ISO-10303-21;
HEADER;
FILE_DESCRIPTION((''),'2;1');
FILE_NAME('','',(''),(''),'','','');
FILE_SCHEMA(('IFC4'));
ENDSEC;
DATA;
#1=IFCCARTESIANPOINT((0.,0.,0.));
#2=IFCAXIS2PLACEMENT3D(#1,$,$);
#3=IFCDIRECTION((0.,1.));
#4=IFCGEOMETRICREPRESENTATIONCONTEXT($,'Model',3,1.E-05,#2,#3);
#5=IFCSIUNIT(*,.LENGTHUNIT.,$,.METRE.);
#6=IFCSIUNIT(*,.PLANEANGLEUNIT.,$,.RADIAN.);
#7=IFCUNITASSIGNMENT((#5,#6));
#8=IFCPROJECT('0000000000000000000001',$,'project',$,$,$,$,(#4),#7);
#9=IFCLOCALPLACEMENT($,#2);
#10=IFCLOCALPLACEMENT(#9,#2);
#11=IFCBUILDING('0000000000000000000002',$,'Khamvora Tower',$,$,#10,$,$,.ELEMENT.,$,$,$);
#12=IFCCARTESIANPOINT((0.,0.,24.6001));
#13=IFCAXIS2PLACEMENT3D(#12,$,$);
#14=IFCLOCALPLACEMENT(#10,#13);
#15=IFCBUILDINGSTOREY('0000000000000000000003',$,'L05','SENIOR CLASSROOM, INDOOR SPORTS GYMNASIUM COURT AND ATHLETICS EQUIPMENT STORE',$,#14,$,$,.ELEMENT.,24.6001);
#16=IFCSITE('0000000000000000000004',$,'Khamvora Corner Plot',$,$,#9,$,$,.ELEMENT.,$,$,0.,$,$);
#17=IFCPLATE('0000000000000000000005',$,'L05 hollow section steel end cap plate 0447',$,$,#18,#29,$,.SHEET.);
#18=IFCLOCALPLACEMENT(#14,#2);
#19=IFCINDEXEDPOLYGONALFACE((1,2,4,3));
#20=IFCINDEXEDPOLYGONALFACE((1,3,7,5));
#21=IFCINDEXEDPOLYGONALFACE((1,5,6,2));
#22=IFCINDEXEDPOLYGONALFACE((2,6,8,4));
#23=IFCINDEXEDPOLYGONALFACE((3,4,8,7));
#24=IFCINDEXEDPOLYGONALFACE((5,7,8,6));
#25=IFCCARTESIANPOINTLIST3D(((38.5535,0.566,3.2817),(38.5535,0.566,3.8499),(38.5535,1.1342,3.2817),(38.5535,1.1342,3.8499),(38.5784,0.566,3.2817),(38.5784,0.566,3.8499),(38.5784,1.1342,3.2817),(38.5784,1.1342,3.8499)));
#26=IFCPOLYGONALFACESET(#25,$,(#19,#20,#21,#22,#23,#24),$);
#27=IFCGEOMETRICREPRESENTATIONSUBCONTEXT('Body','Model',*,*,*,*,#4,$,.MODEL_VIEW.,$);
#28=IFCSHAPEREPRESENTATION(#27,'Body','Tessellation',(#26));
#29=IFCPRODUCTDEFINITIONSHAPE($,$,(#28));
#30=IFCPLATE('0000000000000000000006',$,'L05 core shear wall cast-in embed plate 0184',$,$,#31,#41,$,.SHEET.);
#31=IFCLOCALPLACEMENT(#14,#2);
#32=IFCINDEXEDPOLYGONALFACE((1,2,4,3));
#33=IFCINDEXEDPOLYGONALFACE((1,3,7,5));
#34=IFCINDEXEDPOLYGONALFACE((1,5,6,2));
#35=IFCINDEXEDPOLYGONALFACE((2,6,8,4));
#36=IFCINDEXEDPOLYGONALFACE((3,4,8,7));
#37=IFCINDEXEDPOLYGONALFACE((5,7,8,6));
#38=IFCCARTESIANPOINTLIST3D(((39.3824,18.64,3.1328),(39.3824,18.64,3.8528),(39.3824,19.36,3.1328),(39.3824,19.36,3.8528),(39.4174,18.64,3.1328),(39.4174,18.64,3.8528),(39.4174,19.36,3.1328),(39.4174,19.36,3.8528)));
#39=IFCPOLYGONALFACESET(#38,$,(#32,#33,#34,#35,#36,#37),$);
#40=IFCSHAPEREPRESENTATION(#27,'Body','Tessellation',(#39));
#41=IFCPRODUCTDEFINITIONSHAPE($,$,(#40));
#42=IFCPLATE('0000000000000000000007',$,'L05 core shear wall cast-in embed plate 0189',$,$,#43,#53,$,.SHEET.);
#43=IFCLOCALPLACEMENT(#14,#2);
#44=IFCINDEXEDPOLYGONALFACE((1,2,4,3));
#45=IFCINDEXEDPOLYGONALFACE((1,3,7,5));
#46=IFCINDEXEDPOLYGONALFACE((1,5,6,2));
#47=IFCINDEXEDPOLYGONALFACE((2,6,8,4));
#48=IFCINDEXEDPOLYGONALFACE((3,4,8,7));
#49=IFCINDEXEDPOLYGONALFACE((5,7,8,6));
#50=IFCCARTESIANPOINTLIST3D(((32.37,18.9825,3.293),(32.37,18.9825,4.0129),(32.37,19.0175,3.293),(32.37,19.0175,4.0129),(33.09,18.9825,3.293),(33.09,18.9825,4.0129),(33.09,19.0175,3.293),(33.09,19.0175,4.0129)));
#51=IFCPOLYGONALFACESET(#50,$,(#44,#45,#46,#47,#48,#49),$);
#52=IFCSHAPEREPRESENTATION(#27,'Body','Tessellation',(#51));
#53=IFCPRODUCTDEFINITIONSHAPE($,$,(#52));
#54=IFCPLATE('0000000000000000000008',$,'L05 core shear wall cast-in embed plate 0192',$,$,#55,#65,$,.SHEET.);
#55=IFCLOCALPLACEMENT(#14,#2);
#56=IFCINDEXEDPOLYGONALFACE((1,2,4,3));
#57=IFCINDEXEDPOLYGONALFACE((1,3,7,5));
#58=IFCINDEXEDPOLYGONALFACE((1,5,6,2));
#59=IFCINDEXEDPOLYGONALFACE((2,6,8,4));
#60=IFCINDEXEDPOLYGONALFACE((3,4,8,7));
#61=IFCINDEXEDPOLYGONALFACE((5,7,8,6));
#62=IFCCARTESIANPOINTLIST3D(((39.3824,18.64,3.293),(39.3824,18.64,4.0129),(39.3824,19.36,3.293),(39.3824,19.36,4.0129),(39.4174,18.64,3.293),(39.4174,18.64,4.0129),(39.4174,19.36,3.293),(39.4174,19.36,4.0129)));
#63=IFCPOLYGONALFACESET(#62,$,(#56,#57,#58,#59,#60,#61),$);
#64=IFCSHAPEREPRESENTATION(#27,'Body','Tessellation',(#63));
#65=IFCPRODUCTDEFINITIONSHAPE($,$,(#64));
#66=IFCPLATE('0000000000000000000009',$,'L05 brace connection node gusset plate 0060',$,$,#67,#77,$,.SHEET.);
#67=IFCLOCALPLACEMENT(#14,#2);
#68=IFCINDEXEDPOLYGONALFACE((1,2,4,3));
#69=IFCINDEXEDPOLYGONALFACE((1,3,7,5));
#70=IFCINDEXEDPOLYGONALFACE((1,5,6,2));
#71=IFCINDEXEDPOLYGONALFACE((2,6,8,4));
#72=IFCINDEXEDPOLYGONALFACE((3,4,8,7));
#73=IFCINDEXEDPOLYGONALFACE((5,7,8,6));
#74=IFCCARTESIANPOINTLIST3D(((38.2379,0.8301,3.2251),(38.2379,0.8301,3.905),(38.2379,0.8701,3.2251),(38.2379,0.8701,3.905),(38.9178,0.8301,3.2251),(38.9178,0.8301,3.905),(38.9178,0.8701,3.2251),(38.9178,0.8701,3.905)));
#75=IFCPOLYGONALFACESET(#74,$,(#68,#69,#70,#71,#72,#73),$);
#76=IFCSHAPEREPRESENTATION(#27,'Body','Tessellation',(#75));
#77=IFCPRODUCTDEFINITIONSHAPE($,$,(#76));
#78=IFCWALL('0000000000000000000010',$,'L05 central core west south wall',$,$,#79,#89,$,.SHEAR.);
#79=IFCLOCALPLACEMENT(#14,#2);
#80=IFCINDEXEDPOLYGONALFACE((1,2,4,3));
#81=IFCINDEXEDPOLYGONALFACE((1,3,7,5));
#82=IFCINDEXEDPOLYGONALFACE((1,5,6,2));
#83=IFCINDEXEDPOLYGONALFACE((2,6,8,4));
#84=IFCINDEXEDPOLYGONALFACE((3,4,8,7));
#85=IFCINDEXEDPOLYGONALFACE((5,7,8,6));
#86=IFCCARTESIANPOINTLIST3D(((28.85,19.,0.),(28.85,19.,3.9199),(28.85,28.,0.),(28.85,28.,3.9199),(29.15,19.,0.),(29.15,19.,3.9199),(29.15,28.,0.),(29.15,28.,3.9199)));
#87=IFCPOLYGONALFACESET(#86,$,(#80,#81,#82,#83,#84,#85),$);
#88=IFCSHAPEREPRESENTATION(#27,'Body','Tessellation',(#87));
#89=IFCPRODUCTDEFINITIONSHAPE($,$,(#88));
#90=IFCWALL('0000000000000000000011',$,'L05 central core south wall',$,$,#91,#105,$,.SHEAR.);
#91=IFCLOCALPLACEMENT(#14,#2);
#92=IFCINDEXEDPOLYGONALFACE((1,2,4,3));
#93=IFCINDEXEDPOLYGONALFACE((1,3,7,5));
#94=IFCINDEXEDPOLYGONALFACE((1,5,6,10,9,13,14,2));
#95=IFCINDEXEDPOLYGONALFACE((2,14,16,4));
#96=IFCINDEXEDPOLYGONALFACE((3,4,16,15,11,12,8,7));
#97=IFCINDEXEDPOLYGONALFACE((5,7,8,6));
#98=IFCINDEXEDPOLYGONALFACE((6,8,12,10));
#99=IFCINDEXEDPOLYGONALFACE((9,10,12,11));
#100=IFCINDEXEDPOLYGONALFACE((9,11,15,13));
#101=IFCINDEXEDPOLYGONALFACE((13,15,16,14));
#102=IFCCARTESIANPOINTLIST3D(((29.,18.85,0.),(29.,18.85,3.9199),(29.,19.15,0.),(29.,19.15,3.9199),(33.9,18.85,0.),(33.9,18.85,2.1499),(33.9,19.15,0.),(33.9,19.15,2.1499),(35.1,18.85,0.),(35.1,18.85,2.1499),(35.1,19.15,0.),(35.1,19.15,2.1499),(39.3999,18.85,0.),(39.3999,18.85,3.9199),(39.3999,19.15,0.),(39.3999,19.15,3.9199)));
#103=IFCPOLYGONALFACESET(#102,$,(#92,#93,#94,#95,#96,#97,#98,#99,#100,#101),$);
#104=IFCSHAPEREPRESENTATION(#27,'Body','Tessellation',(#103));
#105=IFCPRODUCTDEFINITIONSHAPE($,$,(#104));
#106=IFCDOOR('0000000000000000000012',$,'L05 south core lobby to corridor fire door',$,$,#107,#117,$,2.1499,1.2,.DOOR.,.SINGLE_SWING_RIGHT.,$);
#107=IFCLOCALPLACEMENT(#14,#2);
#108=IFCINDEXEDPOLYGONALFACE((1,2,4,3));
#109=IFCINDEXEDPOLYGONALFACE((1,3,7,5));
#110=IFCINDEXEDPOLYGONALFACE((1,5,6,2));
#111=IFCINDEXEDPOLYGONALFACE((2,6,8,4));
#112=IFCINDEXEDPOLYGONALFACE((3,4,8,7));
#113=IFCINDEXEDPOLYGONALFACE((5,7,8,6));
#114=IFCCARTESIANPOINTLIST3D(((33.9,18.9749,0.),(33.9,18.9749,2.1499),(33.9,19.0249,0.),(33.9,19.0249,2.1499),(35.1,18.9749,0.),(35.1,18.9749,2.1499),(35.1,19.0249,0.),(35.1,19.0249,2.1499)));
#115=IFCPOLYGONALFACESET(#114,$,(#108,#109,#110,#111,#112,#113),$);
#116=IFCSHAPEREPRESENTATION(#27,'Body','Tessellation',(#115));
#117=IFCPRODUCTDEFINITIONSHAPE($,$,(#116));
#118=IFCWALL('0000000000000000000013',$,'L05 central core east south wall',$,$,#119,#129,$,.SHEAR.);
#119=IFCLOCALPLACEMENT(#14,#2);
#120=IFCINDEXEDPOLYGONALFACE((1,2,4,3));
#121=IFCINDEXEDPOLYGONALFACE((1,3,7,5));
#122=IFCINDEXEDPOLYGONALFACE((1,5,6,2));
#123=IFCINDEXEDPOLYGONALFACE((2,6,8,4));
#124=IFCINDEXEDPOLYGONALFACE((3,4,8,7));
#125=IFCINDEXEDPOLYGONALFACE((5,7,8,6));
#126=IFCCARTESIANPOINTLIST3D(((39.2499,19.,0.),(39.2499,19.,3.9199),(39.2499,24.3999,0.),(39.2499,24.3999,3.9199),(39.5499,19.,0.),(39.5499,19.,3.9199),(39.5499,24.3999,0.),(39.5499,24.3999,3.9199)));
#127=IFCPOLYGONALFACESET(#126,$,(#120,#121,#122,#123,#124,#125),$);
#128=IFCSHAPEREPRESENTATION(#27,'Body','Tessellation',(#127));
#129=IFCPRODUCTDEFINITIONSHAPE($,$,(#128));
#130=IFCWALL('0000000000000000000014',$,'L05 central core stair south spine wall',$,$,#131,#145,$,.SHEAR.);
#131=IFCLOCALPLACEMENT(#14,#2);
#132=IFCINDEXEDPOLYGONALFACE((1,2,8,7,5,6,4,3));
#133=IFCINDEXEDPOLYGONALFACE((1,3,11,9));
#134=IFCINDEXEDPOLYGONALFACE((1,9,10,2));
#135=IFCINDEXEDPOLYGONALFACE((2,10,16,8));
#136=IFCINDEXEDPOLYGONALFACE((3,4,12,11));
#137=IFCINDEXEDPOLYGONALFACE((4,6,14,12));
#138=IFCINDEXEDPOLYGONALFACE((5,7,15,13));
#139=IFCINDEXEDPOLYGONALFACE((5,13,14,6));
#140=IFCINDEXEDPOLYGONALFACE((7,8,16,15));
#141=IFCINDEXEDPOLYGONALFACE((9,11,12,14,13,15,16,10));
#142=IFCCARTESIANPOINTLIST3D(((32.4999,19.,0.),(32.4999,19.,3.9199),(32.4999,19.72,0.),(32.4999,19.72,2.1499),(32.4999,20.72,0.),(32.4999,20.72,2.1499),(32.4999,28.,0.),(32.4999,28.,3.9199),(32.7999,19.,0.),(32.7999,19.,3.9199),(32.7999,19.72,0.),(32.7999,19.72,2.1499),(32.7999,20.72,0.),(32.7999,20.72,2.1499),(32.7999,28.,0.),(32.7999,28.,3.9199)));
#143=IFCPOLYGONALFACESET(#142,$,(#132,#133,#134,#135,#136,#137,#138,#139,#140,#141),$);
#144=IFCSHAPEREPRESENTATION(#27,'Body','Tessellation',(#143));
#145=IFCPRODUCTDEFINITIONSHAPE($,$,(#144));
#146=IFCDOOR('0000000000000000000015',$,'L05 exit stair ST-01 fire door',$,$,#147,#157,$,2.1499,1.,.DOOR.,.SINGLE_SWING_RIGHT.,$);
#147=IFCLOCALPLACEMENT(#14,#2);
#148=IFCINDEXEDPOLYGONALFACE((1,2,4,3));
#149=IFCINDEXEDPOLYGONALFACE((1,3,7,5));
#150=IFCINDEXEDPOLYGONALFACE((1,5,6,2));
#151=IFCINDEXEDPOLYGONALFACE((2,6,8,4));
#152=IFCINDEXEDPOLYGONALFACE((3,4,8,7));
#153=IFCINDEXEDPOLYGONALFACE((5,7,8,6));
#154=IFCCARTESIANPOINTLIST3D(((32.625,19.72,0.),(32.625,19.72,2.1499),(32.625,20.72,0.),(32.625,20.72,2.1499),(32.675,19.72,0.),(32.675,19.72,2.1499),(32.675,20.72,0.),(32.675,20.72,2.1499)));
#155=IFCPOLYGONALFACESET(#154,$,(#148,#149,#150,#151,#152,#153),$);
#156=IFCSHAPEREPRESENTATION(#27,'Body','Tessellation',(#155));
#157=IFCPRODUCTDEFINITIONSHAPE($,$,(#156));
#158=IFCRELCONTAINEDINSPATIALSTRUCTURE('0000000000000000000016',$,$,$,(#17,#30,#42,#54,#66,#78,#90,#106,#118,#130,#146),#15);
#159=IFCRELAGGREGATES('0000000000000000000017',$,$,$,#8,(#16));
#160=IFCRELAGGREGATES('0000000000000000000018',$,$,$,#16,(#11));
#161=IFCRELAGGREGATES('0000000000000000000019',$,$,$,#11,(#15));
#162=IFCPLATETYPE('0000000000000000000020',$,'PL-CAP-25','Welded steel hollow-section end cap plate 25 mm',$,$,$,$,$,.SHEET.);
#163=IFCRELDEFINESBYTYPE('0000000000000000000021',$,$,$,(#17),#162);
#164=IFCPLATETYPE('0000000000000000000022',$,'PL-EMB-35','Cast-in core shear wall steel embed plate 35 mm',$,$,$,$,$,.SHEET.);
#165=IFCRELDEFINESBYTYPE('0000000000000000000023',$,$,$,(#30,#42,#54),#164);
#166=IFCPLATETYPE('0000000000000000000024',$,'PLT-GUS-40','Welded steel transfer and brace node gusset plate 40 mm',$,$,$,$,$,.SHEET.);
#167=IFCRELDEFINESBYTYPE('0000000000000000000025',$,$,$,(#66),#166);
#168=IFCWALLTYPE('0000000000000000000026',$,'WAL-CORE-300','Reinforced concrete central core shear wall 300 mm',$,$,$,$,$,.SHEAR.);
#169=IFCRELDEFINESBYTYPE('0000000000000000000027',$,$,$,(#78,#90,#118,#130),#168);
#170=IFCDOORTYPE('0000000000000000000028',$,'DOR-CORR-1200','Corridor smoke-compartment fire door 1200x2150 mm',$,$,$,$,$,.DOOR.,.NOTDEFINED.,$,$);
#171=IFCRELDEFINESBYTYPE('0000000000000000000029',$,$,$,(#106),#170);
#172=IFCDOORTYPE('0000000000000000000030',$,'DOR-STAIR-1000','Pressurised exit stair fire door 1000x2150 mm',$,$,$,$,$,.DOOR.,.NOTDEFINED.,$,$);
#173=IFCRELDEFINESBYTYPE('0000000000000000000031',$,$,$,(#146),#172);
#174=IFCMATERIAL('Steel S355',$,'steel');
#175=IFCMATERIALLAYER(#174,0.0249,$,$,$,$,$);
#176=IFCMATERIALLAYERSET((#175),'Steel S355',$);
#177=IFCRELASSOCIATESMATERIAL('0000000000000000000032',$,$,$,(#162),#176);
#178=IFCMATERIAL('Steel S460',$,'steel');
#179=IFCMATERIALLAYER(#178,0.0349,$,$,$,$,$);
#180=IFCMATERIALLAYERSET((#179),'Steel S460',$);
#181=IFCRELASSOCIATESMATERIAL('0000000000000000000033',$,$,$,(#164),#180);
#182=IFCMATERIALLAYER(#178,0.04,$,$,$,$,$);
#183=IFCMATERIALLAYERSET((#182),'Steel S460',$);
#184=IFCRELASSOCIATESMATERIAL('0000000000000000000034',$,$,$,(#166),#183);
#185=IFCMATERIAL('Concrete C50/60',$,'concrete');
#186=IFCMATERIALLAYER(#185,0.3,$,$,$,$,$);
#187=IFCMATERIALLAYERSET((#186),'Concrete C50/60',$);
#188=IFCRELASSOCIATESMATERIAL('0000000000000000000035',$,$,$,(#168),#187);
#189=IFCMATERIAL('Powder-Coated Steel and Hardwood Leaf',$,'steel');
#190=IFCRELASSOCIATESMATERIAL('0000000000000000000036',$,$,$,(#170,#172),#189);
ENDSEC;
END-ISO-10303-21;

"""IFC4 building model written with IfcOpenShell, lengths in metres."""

from ifc_helpers import new_model, si_unit, direction, frame, frame_2d, origin, origin_2d, place, context, subcontext, project, spatial, rectangle, extrude, material, layer, layer_set, type_object, element, fill, save


model = new_model("IFC4")

# Units and contexts
model_context = context("Model", 3, precision=1e-05, world=origin(), true_north=direction((0.0, 1.0)))
body_context = subcontext(model_context, "Body", "Model", "MODEL_VIEW")
ifc_project = project(units=[si_unit("LENGTHUNIT", "METRE"), si_unit("PLANEANGLEUNIT", "RADIAN")], contexts=[model_context])

# Site, building, storey
site_placement = place(None, origin())
site = spatial("IfcSite", under=ifc_project, at=site_placement, Name="Khamvora Corner Plot", CompositionType="ELEMENT", RefElevation=0.0)
building_placement = place(site_placement, origin())
building = spatial("IfcBuilding", under=site, at=building_placement, Name="Khamvora Tower", CompositionType="ELEMENT")
storey_placement = place(building_placement, frame((0.0, 0.0, 24.6001)))
storey = spatial("IfcBuildingStorey", under=building, at=storey_placement, Name="L05", Description="SENIOR CLASSROOM, INDOOR SPORTS GYMNASIUM COURT AND ATHLETICS EQUIPMENT STORE", CompositionType="ELEMENT", Elevation=24.6001)

# Shared definitions
ifc_material_1 = material(Name="Steel S460", Category="steel")

# Shared definitions
ifc_material_2 = material(Name="Steel S355", Category="steel")

# Plates
ifc_layer_1 = layer(ifc_material_2, 0.0249)
ifc_layer_set_1 = layer_set([ifc_layer_1], Name="Steel S355")
plate_type_1 = type_object("IfcPlateType", Name="PL-CAP-25", Description="Welded steel hollow-section end cap plate 25 mm", PredefinedType="SHEET", material=ifc_layer_set_1)
plate_1_placement = place(storey_placement, frame((38.5659, 0.8501, 3.2817), z_axis=(0.0, 0.0, 1.0), x_axis=(-1.0, 0.0, 0.0)))
element("IfcPlate", 1, at=plate_1_placement, inside=storey, type_object=plate_type_1, Name="L05 hollow section steel end cap plate 0447", PredefinedType="SHEET", context=body_context, shape_type="SweptSolid", body=[
    extrude(rectangle(XDim=0.0249, YDim=0.5681, at=origin_2d()), origin(), (0.0, 0.0, 1.0), 0.5681),
])
ifc_layer_2 = layer(ifc_material_1, 0.0349)
ifc_layer_set_2 = layer_set([ifc_layer_2], Name="Steel S460")
plate_type_2 = type_object("IfcPlateType", Name="PL-EMB-35", Description="Cast-in core shear wall steel embed plate 35 mm", PredefinedType="SHEET", material=ifc_layer_set_2)
plate_2_placement = place(storey_placement, frame((39.3999, 19.0, 3.1328), z_axis=(0.0, 0.0, 1.0), x_axis=(1.0, 0.0, 0.0)))
element("IfcPlate", 2, at=plate_2_placement, inside=storey, type_object=plate_type_2, Name="L05 core shear wall cast-in embed plate 0184", PredefinedType="SHEET", context=body_context, shape_type="SweptSolid", body=[
    extrude(rectangle(XDim=0.0349, YDim=0.72, at=origin_2d()), origin(), (0.0, 0.0, 1.0), 0.72),
])
plate_3_placement = place(storey_placement, frame((32.73, 19.0, 3.293), z_axis=(0.0, 0.0, 1.0), x_axis=(1.0, 0.0, 0.0)))
element("IfcPlate", 3, at=plate_3_placement, inside=storey, type_object=plate_type_2, Name="L05 core shear wall cast-in embed plate 0189", PredefinedType="SHEET", context=body_context, shape_type="SweptSolid", body=[
    extrude(rectangle(XDim=0.72, YDim=0.0349, at=origin_2d()), origin(), (0.0, 0.0, 1.0), 0.72),
])
plate_4_placement = place(storey_placement, frame((39.3999, 19.0, 3.293), z_axis=(0.0, 0.0, 1.0), x_axis=(1.0, 0.0, 0.0)))
element("IfcPlate", 4, at=plate_4_placement, inside=storey, type_object=plate_type_2, Name="L05 core shear wall cast-in embed plate 0192", PredefinedType="SHEET", context=body_context, shape_type="SweptSolid", body=[
    extrude(rectangle(XDim=0.0349, YDim=0.72, at=origin_2d()), origin(), (0.0, 0.0, 1.0), 0.72),
])
ifc_layer_3 = layer(ifc_material_1, 0.04)
ifc_layer_set_3 = layer_set([ifc_layer_3], Name="Steel S460")
plate_type_3 = type_object("IfcPlateType", Name="PLT-GUS-40", Description="Welded steel transfer and brace node gusset plate 40 mm", PredefinedType="SHEET", material=ifc_layer_set_3)
plate_5_placement = place(storey_placement, frame((38.5779, 0.8501, 3.2251), z_axis=(0.0, 0.0, 1.0), x_axis=(1.0, 0.0, 0.0)))
element("IfcPlate", 5, at=plate_5_placement, inside=storey, type_object=plate_type_3, Name="L05 brace connection node gusset plate 0060", PredefinedType="SHEET", context=body_context, shape_type="SweptSolid", body=[
    extrude(rectangle(XDim=0.6799, YDim=0.04, at=origin_2d()), origin(), (0.0, 0.0, 1.0), 0.6799),
])

# Wall
ifc_material_3 = material(Name="Concrete C50/60", Category="concrete")
ifc_layer_4 = layer(ifc_material_3, 0.3)
ifc_layer_set_4 = layer_set([ifc_layer_4], Name="Concrete C50/60")
wall_type = type_object("IfcWallType", Name="WAL-CORE-300", Description="Reinforced concrete central core shear wall 300 mm", PredefinedType="SHEAR", material=ifc_layer_set_4)
wall_1_placement = place(storey_placement, frame((29.0, 19.0, 0.0), z_axis=(0.0, 0.0, 1.0), x_axis=(0.0, 1.0, 0.0)))
element("IfcWall", 6, at=wall_1_placement, inside=storey, type_object=wall_type, Name="L05 central core west south wall", PredefinedType="SHEAR", context=body_context, shape_type="SweptSolid", body=[
    extrude(rectangle(XDim=9.0, YDim=0.3, at=frame_2d((4.5, 0.0))), origin(), (0.0, 0.0, 1.0), 3.9199),
])

# Wall, opening, door
wall_2_placement = place(storey_placement, frame((29.0, 19.0, 0.0), z_axis=(0.0, 0.0, 1.0), x_axis=(1.0, 0.0, 0.0)))
wall_2 = element("IfcWall", 7, at=wall_2_placement, inside=storey, type_object=wall_type, Name="L05 central core south wall", PredefinedType="SHEAR", context=body_context, shape_type="SweptSolid", body=[
    extrude(rectangle(XDim=10.3999, YDim=0.3, at=frame_2d((5.2, 0.0))), origin(), (0.0, 0.0, 1.0), 3.9199),
])
opening_1_placement = place(wall_2_placement, frame((4.8999, 0.0, 0.0)))
opening_1 = element("IfcOpeningElement", 8, at=opening_1_placement, cuts=wall_2, PredefinedType="OPENING", context=body_context, shape_type="SweptSolid", body=[
    extrude(rectangle(XDim=1.2, YDim=2.1499, at=frame_2d((0.6001, 1.075))), frame((0.0, 0.1599, 0.0), z_axis=(0.0, -1.0, 0.0), x_axis=(1.0, 0.0, 0.0)), (0.0, 0.0, 1.0), 0.3201),
])
ifc_material_4 = material(Name="Powder-Coated Steel and Hardwood Leaf", Category="steel")
door_type_1 = type_object("IfcDoorType", Name="DOR-CORR-1200", Description="Corridor smoke-compartment fire door 1200x2150 mm", OperationType="NOTDEFINED", PredefinedType="DOOR", material=ifc_material_4)
door_1_placement = place(opening_1_placement, origin())
door_1 = element("IfcDoor", 9, at=door_1_placement, inside=storey, type_object=door_type_1, Name="L05 south core lobby to corridor fire door", OperationType="SINGLE_SWING_RIGHT", OverallHeight=2.1499, OverallWidth=1.2, PredefinedType="DOOR", context=body_context, shape_type="SweptSolid", body=[
    extrude(rectangle(XDim=1.2, YDim=2.1499, at=frame_2d((0.6001, 1.075))), frame((0.0, 0.0249, 0.0), z_axis=(0.0, -1.0, 0.0), x_axis=(1.0, 0.0, 0.0)), (0.0, 0.0, 1.0), 0.05),
])
fill(opening_1, door_1)

# Wall
wall_3_placement = place(storey_placement, frame((39.3999, 19.0, 0.0), z_axis=(0.0, 0.0, 1.0), x_axis=(0.0, 1.0, 0.0)))
element("IfcWall", 10, at=wall_3_placement, inside=storey, type_object=wall_type, Name="L05 central core east south wall", PredefinedType="SHEAR", context=body_context, shape_type="SweptSolid", body=[
    extrude(rectangle(XDim=5.3999, YDim=0.3, at=frame_2d((2.7, 0.0))), origin(), (0.0, 0.0, 1.0), 3.9199),
])

# Wall, opening, door
wall_4_placement = place(storey_placement, frame((32.6499, 19.0, 0.0), z_axis=(0.0, 0.0, 1.0), x_axis=(0.0, 1.0, 0.0)))
wall_4 = element("IfcWall", 11, at=wall_4_placement, inside=storey, type_object=wall_type, Name="L05 central core stair south spine wall", PredefinedType="SHEAR", context=body_context, shape_type="SweptSolid", body=[
    extrude(rectangle(XDim=9.0, YDim=0.3, at=frame_2d((4.5, 0.0))), origin(), (0.0, 0.0, 1.0), 3.9199),
])
opening_2_placement = place(wall_4_placement, frame((0.72, 0.0, 0.0)))
opening_2 = element("IfcOpeningElement", 12, at=opening_2_placement, cuts=wall_4, PredefinedType="OPENING", context=body_context, shape_type="SweptSolid", body=[
    extrude(rectangle(XDim=1.0, YDim=2.1499, at=frame_2d((0.5, 1.075))), frame((0.0, 0.1599, 0.0), z_axis=(0.0, -1.0, 0.0), x_axis=(1.0, 0.0, 0.0)), (0.0, 0.0, 1.0), 0.3201),
])
door_type_2 = type_object("IfcDoorType", Name="DOR-STAIR-1000", Description="Pressurised exit stair fire door 1000x2150 mm", OperationType="NOTDEFINED", PredefinedType="DOOR", material=ifc_material_4)
door_2_placement = place(opening_2_placement, origin())
door_2 = element("IfcDoor", 13, at=door_2_placement, inside=storey, type_object=door_type_2, Name="L05 exit stair ST-01 fire door", OperationType="SINGLE_SWING_RIGHT", OverallHeight=2.1499, OverallWidth=1.0, PredefinedType="DOOR", context=body_context, shape_type="SweptSolid", body=[
    extrude(rectangle(XDim=1.0, YDim=2.1499, at=frame_2d((0.5, 1.075))), frame((0.0, 0.0249, 0.0), z_axis=(0.0, -1.0, 0.0), x_axis=(1.0, 0.0, 0.0)), (0.0, 0.0, 1.0), 0.05),
])
fill(opening_2, door_2)

save(model, "model.ifc")
